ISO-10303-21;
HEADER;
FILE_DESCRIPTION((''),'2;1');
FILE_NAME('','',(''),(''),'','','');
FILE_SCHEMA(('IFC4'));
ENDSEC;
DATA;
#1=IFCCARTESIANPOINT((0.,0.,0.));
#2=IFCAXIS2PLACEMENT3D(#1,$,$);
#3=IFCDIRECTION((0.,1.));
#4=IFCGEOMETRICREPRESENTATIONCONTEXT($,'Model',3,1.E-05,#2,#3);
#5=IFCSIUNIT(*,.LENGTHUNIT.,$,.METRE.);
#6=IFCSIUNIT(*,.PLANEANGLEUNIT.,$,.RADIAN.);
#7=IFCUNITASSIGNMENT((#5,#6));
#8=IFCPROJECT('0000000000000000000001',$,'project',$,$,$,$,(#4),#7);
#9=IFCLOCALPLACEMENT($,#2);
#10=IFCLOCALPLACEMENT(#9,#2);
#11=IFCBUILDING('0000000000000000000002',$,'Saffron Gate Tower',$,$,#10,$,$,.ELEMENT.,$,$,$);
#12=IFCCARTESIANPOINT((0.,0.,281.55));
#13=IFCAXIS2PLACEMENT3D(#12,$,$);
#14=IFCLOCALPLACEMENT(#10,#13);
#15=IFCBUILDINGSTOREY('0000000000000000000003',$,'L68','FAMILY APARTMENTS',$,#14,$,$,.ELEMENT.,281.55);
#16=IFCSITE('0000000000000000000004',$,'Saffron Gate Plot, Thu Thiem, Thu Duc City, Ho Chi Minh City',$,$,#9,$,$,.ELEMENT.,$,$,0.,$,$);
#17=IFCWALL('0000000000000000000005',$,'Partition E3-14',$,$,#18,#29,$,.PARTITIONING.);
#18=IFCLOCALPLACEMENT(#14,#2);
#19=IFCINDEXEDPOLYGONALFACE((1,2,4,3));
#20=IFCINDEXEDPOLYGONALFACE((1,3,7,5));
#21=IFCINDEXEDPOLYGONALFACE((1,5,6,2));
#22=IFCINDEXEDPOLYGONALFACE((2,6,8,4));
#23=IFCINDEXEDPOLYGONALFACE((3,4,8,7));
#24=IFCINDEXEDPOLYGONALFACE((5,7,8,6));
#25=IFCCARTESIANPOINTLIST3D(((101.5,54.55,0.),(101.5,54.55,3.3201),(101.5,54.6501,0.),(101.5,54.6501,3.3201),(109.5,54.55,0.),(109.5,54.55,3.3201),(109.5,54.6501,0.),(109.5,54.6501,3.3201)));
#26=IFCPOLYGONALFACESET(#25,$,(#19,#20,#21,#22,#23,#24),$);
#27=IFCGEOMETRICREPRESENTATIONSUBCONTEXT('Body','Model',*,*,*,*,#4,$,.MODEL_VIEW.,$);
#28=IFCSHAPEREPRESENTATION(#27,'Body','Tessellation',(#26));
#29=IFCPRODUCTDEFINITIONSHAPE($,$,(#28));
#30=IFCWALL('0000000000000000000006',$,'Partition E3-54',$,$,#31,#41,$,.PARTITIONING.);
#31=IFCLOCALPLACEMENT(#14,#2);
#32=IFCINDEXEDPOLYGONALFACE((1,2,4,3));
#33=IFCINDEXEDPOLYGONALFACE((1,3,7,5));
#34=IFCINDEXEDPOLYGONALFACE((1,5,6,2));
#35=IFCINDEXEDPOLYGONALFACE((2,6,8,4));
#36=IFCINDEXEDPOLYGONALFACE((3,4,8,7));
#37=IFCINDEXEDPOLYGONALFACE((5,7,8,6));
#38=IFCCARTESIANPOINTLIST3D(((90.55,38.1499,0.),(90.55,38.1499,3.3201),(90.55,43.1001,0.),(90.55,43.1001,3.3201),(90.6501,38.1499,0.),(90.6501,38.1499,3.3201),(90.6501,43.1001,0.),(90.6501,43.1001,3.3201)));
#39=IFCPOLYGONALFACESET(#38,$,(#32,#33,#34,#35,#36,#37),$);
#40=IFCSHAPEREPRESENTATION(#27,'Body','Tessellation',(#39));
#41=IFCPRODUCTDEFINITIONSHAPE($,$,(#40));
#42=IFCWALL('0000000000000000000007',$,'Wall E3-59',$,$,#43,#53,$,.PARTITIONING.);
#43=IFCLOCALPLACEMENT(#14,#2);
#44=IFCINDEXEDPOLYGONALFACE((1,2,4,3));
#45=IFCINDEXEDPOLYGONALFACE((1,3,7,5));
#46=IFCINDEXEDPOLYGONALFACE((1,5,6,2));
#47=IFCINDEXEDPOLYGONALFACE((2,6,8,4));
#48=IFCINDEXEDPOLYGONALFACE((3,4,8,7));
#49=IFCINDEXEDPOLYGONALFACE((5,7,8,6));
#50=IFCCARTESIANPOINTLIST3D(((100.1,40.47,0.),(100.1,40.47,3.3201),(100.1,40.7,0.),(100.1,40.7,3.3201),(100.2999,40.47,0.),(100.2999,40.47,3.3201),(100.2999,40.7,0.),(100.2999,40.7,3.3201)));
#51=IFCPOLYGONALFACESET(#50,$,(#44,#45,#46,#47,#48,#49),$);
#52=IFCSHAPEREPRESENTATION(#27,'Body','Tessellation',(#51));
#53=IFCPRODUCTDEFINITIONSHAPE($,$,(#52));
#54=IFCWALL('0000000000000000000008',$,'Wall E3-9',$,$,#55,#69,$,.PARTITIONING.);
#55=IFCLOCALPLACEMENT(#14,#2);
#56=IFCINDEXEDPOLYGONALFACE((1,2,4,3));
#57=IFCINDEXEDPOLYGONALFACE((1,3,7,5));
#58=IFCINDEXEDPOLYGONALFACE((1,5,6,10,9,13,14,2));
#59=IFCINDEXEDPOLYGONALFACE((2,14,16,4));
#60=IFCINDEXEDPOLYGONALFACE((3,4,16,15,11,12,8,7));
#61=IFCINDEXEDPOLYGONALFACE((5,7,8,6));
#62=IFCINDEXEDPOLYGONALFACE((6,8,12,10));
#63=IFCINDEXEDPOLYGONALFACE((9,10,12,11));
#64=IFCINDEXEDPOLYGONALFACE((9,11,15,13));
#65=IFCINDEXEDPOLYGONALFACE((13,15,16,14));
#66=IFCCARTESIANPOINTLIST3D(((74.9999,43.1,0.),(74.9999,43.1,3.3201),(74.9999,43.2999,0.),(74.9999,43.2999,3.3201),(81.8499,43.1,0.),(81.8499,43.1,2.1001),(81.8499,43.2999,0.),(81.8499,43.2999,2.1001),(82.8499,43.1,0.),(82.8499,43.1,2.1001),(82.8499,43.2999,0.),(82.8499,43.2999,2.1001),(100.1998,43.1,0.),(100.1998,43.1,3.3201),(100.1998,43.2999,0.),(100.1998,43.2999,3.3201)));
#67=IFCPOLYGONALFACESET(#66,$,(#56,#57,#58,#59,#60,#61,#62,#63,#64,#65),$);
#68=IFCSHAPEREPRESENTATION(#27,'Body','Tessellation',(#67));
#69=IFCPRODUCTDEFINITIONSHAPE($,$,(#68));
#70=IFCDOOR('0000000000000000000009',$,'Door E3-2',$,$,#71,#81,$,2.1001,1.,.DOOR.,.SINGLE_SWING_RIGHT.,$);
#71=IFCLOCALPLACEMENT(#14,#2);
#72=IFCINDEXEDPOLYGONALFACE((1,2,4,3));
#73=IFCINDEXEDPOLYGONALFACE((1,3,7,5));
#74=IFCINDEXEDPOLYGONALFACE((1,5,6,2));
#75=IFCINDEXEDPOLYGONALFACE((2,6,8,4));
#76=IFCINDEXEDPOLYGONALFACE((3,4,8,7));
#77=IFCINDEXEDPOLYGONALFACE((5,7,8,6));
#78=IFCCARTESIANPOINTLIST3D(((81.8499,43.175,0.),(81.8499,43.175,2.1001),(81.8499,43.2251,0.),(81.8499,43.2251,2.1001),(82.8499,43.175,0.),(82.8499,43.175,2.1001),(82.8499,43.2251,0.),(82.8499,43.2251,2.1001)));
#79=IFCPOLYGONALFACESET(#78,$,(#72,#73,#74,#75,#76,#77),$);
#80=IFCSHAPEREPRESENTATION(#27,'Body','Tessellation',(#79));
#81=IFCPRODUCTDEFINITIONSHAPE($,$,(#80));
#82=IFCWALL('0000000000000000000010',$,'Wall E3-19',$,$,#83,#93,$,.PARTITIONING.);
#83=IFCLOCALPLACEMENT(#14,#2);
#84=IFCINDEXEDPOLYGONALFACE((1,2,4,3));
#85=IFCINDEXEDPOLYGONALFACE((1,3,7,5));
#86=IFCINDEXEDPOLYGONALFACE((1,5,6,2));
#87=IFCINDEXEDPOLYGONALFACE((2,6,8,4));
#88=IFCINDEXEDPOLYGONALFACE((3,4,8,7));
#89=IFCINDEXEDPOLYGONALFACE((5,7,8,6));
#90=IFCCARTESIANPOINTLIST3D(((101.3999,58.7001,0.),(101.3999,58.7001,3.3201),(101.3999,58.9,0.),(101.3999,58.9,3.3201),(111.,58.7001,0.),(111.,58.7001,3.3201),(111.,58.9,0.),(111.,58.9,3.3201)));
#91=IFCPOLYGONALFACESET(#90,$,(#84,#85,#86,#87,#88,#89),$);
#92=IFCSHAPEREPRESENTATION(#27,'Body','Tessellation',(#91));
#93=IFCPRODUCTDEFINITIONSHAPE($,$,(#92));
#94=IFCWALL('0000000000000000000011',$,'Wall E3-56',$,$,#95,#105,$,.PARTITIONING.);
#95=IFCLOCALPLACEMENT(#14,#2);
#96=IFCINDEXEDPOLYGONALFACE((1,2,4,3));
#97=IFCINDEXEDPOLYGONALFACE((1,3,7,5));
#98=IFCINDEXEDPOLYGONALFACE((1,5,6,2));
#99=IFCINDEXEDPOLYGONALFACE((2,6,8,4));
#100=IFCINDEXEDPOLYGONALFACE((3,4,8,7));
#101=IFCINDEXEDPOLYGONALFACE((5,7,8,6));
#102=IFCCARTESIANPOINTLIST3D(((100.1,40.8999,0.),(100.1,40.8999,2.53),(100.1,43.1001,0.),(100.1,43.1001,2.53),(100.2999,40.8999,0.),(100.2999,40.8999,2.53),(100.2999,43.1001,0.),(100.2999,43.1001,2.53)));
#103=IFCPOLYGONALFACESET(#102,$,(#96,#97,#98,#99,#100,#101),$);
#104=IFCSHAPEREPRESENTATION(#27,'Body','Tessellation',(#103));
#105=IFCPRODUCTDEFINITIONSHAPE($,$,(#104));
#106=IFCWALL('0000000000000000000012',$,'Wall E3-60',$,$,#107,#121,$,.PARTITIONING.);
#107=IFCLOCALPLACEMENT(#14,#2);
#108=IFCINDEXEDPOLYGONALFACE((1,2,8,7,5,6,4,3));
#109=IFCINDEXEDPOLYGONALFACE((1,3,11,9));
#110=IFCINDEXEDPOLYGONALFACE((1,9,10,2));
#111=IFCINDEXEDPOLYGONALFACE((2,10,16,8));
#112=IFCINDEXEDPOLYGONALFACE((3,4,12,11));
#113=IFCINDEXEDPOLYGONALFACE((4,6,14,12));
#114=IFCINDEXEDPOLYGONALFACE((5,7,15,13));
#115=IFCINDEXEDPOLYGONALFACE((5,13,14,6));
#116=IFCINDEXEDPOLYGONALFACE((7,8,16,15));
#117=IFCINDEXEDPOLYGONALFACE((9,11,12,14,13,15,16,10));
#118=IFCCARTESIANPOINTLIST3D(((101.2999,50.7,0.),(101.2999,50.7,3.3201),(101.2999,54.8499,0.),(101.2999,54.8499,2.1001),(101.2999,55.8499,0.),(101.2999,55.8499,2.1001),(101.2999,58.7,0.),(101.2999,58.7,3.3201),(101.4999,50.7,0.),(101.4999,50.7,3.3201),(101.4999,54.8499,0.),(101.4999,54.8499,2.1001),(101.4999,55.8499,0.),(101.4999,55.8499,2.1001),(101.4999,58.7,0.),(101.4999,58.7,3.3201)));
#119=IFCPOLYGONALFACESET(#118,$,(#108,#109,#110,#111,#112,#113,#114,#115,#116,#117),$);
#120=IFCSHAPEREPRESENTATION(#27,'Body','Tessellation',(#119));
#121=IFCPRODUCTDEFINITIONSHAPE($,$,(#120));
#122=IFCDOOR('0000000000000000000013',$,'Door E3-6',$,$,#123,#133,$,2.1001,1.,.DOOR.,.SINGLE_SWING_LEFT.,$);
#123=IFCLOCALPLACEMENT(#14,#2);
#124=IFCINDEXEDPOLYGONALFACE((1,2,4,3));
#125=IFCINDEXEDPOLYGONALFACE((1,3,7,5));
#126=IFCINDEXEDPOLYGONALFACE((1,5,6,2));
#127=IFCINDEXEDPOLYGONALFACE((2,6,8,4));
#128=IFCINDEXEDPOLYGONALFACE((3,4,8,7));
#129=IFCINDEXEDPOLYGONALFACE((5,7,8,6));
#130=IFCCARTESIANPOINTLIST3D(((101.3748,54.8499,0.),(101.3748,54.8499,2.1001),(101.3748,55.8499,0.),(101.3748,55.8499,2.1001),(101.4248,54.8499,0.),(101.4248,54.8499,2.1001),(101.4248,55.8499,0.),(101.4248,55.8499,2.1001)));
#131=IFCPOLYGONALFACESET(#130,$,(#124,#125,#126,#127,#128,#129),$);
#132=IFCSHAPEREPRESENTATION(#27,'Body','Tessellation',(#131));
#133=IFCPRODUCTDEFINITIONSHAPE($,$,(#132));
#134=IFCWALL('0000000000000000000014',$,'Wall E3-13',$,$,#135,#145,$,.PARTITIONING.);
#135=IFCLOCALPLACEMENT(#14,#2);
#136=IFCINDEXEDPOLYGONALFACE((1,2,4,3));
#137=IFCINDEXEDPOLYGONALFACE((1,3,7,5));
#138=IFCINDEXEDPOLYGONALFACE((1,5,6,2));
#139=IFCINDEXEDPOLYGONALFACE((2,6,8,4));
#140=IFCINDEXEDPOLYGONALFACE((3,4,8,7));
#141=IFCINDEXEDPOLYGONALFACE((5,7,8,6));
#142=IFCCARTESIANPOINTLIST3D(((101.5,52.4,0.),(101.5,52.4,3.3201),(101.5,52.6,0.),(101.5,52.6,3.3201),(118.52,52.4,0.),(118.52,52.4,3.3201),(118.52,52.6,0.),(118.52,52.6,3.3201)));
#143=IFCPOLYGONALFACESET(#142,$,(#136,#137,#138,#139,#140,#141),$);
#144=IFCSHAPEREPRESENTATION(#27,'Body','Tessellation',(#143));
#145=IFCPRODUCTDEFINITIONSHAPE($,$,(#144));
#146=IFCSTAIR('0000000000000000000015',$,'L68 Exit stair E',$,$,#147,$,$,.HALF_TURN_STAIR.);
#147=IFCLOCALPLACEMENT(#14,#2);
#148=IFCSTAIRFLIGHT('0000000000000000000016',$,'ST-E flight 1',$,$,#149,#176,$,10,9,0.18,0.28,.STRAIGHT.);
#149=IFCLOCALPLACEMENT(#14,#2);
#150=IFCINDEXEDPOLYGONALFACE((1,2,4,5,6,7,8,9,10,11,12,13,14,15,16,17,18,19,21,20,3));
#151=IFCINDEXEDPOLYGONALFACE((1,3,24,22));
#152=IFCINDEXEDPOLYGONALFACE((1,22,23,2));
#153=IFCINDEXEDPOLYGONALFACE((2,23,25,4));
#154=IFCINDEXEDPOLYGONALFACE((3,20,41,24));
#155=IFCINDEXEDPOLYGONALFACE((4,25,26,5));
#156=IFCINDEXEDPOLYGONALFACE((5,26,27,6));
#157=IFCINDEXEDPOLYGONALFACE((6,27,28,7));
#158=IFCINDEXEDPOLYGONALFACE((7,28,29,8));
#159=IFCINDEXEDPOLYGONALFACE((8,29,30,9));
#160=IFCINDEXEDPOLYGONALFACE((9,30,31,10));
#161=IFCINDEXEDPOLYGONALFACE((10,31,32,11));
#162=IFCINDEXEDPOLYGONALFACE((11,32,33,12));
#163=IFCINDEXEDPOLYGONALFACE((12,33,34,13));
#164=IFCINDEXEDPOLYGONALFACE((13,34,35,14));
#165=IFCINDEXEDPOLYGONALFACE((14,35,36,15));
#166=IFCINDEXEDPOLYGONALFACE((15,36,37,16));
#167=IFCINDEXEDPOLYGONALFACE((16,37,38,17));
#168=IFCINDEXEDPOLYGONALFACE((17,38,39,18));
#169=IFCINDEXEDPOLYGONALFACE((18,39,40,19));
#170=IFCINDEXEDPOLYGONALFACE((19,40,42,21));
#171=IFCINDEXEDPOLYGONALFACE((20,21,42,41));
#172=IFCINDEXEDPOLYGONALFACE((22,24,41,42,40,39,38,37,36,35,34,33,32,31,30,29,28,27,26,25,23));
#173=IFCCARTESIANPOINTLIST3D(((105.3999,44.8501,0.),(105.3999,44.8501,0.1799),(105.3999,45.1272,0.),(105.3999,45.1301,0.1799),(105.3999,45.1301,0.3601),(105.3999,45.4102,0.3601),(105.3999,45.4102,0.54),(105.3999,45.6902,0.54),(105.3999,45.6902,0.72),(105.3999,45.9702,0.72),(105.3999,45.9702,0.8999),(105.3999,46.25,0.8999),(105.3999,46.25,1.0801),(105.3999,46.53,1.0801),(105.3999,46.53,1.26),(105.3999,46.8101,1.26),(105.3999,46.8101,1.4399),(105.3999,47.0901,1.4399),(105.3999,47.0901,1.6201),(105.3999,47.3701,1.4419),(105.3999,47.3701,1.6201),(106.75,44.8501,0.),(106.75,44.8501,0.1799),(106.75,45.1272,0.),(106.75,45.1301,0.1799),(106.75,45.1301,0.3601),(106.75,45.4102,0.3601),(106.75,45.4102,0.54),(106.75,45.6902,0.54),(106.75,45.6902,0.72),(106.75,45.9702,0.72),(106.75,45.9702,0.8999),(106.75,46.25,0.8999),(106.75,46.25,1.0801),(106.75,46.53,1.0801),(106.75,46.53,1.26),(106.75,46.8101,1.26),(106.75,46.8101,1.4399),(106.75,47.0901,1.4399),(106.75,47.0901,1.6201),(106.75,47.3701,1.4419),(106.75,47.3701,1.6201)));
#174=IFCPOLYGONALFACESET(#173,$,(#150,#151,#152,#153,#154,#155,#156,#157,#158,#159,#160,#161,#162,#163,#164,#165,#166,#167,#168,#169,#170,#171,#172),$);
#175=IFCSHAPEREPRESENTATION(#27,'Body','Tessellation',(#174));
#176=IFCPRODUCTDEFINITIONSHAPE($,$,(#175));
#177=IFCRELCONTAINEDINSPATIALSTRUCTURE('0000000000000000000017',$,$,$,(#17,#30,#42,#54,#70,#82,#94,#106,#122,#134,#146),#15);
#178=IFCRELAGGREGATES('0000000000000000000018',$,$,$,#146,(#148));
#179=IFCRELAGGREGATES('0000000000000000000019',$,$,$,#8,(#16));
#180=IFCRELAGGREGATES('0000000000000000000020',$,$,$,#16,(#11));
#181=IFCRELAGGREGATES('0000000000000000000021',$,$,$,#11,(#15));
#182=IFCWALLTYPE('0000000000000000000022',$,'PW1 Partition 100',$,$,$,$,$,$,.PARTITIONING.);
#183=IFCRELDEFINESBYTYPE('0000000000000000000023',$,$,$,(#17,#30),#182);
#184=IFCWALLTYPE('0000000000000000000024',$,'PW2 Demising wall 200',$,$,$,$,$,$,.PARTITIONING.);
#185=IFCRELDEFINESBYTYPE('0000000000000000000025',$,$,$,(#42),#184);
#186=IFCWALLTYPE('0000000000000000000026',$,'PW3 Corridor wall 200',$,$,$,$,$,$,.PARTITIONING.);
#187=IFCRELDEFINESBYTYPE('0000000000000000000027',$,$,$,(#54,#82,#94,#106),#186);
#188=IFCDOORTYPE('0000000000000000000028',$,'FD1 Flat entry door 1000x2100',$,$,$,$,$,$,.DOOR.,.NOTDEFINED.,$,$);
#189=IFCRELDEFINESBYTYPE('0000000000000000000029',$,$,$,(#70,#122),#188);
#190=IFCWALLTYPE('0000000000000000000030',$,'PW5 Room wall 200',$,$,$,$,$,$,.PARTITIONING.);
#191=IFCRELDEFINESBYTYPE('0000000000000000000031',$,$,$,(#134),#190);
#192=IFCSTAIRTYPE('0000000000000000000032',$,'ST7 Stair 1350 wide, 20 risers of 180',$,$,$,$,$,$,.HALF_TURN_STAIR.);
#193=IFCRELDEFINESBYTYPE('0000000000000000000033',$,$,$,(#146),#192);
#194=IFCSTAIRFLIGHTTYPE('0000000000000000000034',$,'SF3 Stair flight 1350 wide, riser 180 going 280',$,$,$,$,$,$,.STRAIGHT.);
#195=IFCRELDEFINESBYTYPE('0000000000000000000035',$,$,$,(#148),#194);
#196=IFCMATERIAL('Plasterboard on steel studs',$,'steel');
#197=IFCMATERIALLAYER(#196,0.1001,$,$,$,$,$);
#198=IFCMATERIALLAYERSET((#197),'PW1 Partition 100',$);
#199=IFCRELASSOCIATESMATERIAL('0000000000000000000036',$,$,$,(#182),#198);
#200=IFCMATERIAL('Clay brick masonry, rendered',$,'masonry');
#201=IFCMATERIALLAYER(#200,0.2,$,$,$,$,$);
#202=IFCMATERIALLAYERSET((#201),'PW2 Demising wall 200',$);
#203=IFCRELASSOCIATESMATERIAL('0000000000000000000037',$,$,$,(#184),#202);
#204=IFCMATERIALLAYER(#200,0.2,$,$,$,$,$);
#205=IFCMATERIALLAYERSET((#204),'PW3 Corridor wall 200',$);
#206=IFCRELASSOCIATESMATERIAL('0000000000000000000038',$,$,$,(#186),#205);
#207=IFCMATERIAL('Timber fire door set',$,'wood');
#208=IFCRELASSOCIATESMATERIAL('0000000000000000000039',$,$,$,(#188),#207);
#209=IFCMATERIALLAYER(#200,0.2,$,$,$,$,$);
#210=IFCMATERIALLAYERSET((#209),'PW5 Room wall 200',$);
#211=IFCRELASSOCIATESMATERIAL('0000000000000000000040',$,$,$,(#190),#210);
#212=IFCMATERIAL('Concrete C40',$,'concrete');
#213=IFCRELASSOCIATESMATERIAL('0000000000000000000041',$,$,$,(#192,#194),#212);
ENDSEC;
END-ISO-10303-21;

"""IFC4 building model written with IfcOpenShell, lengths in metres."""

from ifc_helpers import new_model, si_unit, direction, frame, frame_2d, origin, place, context, subcontext, project, spatial, polyline, rectangle, outline, extrude, material, layer, layer_set, type_object, element, fill, aggregate, save


model = new_model("IFC4")

# Units and contexts
model_context = context("Model", 3, precision=1e-05, world=origin(), true_north=direction((0.0, 1.0)))
body_context = subcontext(model_context, "Body", "Model", "MODEL_VIEW")
ifc_project = project(units=[si_unit("LENGTHUNIT", "METRE"), si_unit("PLANEANGLEUNIT", "RADIAN")], contexts=[model_context])

# Site, building, storey
site_placement = place(None, origin())
site = spatial("IfcSite", under=ifc_project, at=site_placement, Name="Saffron Gate Plot, Thu Thiem, Thu Duc City, Ho Chi Minh City", CompositionType="ELEMENT", RefElevation=0.0)
building_placement = place(site_placement, origin())
building = spatial("IfcBuilding", under=site, at=building_placement, Name="Saffron Gate Tower", CompositionType="ELEMENT")
storey_placement = place(building_placement, frame((0.0, 0.0, 281.55)))
storey = spatial("IfcBuildingStorey", under=building, at=storey_placement, Name="L68", Description="FAMILY APARTMENTS", CompositionType="ELEMENT", Elevation=281.55)

# Walls
ifc_material_1 = material(Name="Plasterboard on steel studs", Category="steel")
ifc_layer_1 = layer(ifc_material_1, 0.1001)
ifc_layer_set_1 = layer_set([ifc_layer_1], Name="PW1 Partition 100")
wall_type_1 = type_object("IfcWallType", Name="PW1 Partition 100", PredefinedType="PARTITIONING", material=ifc_layer_set_1)
wall_1_placement = place(storey_placement, frame((101.5, 54.6001, 0.0), z_axis=(0.0, 0.0, 1.0), x_axis=(1.0, 0.0, 0.0)))
element("IfcWall", 1, at=wall_1_placement, inside=storey, type_object=wall_type_1, Name="Partition E3-14", PredefinedType="PARTITIONING", context=body_context, shape_type="SweptSolid", body=[
    extrude(rectangle(XDim=8.0, YDim=0.1001, at=frame_2d((4.0, 0.0))), origin(), (0.0, 0.0, 1.0), 3.3201),
])
wall_2_placement = place(storey_placement, frame((90.6001, 43.1001, 0.0), z_axis=(0.0, 0.0, 1.0), x_axis=(0.0, -1.0, 0.0)))
element("IfcWall", 2, at=wall_2_placement, inside=storey, type_object=wall_type_1, Name="Partition E3-54", PredefinedType="PARTITIONING", context=body_context, shape_type="SweptSolid", body=[
    extrude(rectangle(XDim=4.9502, YDim=0.1001, at=frame_2d((2.4751, 0.0))), origin(), (0.0, 0.0, 1.0), 3.3201),
])
ifc_material_2 = material(Name="Clay brick masonry, rendered", Category="masonry")
ifc_layer_2 = layer(ifc_material_2, 0.2)
ifc_layer_set_2 = layer_set([ifc_layer_2], Name="PW2 Demising wall 200")
wall_type_2 = type_object("IfcWallType", Name="PW2 Demising wall 200", PredefinedType="PARTITIONING", material=ifc_layer_set_2)
wall_3_placement = place(storey_placement, frame((100.2, 40.7, 0.0), z_axis=(0.0, 0.0, 1.0), x_axis=(0.0, -1.0, 0.0)))
element("IfcWall", 3, at=wall_3_placement, inside=storey, type_object=wall_type_2, Name="Wall E3-59", PredefinedType="PARTITIONING", context=body_context, shape_type="SweptSolid", body=[
    extrude(rectangle(XDim=0.23, YDim=0.2, at=frame_2d((0.115, 0.0))), origin(), (0.0, 0.0, 1.0), 3.3201),
])

# Wall, opening, door
ifc_layer_3 = layer(ifc_material_2, 0.2)
ifc_layer_set_3 = layer_set([ifc_layer_3], Name="PW3 Corridor wall 200")
wall_type_3 = type_object("IfcWallType", Name="PW3 Corridor wall 200", PredefinedType="PARTITIONING", material=ifc_layer_set_3)
wall_4_placement = place(storey_placement, frame((100.2, 43.2, 0.0), z_axis=(0.0, 0.0, 1.0), x_axis=(-1.0, 0.0, 0.0)))
wall_4 = element("IfcWall", 4, at=wall_4_placement, inside=storey, type_object=wall_type_3, Name="Wall E3-9", PredefinedType="PARTITIONING", context=body_context, shape_type="SweptSolid", body=[
    extrude(rectangle(XDim=25.2, YDim=0.2, at=frame_2d((12.6001, 0.0))), origin(), (0.0, 0.0, 1.0), 3.3201),
])
opening_1_placement = place(wall_4_placement, frame((17.3501, 0.0, 0.0)))
opening_1 = element("IfcOpeningElement", 5, at=opening_1_placement, cuts=wall_4, PredefinedType="OPENING", context=body_context, shape_type="SweptSolid", body=[
    extrude(rectangle(XDim=1.0, YDim=2.1001, at=frame_2d((0.5, 1.05))), frame((0.0, 0.1099, 0.0), z_axis=(0.0, -1.0, 0.0), x_axis=(1.0, 0.0, 0.0)), (0.0, 0.0, 1.0), 0.22),
])
ifc_material_3 = material(Name="Timber fire door set", Category="wood")
door_type_1 = type_object("IfcDoorType", Name="FD1 Flat entry door 1000x2100", OperationType="NOTDEFINED", PredefinedType="DOOR", material=ifc_material_3)
door_1_placement = place(opening_1_placement, origin())
door_1 = element("IfcDoor", 6, at=door_1_placement, inside=storey, type_object=door_type_1, Name="Door E3-2", OperationType="SINGLE_SWING_RIGHT", OverallHeight=2.1001, OverallWidth=1.0, PredefinedType="DOOR", context=body_context, shape_type="SweptSolid", body=[
    extrude(rectangle(XDim=1.0, YDim=2.1001, at=frame_2d((0.5, 1.05))), frame((0.0, 0.0249, 0.0), z_axis=(0.0, -1.0, 0.0), x_axis=(1.0, 0.0, 0.0)), (0.0, 0.0, 1.0), 0.05),
])
fill(opening_1, door_1)

# Walls
wall_5_placement = place(storey_placement, frame((101.3999, 58.8, 0.0), z_axis=(0.0, 0.0, 1.0), x_axis=(1.0, 0.0, 0.0)))
element("IfcWall", 7, at=wall_5_placement, inside=storey, type_object=wall_type_3, Name="Wall E3-19", PredefinedType="PARTITIONING", context=body_context, shape_type="SweptSolid", body=[
    extrude(rectangle(XDim=9.6001, YDim=0.2, at=frame_2d((4.8, 0.0))), origin(), (0.0, 0.0, 1.0), 3.3201),
])
wall_6_placement = place(storey_placement, frame((100.2, 43.1001, 0.0), z_axis=(0.0, 0.0, 1.0), x_axis=(0.0, -1.0, 0.0)))
element("IfcWall", 8, at=wall_6_placement, inside=storey, type_object=wall_type_3, Name="Wall E3-56", PredefinedType="PARTITIONING", context=body_context, shape_type="SweptSolid", body=[
    extrude(rectangle(XDim=2.2002, YDim=0.2, at=frame_2d((1.1001, 0.0))), origin(), (0.0, 0.0, 1.0), 2.53),
])

# Wall, opening, door
wall_7_placement = place(storey_placement, frame((101.3999, 58.7, 0.0), z_axis=(0.0, 0.0, 1.0), x_axis=(0.0, -1.0, 0.0)))
wall_7 = element("IfcWall", 9, at=wall_7_placement, inside=storey, type_object=wall_type_3, Name="Wall E3-60", PredefinedType="PARTITIONING", context=body_context, shape_type="SweptSolid", body=[
    extrude(rectangle(XDim=8.0, YDim=0.2, at=frame_2d((4.0, 0.0))), origin(), (0.0, 0.0, 1.0), 3.3201),
])
opening_2_placement = place(wall_7_placement, frame((2.8501, 0.0, 0.0)))
opening_2 = element("IfcOpeningElement", 10, at=opening_2_placement, cuts=wall_7, PredefinedType="OPENING", context=body_context, shape_type="SweptSolid", body=[
    extrude(rectangle(XDim=1.0, YDim=2.1001, at=frame_2d((0.5, 1.05))), frame((0.0, 0.1099, 0.0), z_axis=(0.0, -1.0, 0.0), x_axis=(1.0, 0.0, 0.0)), (0.0, 0.0, 1.0), 0.22),
])
door_2_placement = place(opening_2_placement, origin())
door_2 = element("IfcDoor", 11, at=door_2_placement, inside=storey, type_object=door_type_1, Name="Door E3-6", OperationType="SINGLE_SWING_LEFT", OverallHeight=2.1001, OverallWidth=1.0, PredefinedType="DOOR", context=body_context, shape_type="SweptSolid", body=[
    extrude(rectangle(XDim=1.0, YDim=2.1001, at=frame_2d((0.5, 1.05))), frame((0.0, 0.0249, 0.0), z_axis=(0.0, -1.0, 0.0), x_axis=(1.0, 0.0, 0.0)), (0.0, 0.0, 1.0), 0.05),
])
fill(opening_2, door_2)

# Wall
ifc_layer_4 = layer(ifc_material_2, 0.2)
ifc_layer_set_4 = layer_set([ifc_layer_4], Name="PW5 Room wall 200")
wall_type_4 = type_object("IfcWallType", Name="PW5 Room wall 200", PredefinedType="PARTITIONING", material=ifc_layer_set_4)
wall_8_placement = place(storey_placement, frame((101.5, 52.5, 0.0), z_axis=(0.0, 0.0, 1.0), x_axis=(1.0, 0.0, 0.0)))
element("IfcWall", 12, at=wall_8_placement, inside=storey, type_object=wall_type_4, Name="Wall E3-13", PredefinedType="PARTITIONING", context=body_context, shape_type="SweptSolid", body=[
    extrude(rectangle(XDim=17.02, YDim=0.2, at=frame_2d((8.51, 0.0))), origin(), (0.0, 0.0, 1.0), 3.3201),
])

# Stair, stair flight
ifc_material_4 = material(Name="Concrete C40", Category="concrete")
stair_type = type_object("IfcStairType", Name="ST7 Stair 1350 wide, 20 risers of 180", PredefinedType="HALF_TURN_STAIR", material=ifc_material_4)
stair_placement = place(storey_placement, origin())
stair = element("IfcStair", 13, at=stair_placement, inside=storey, type_object=stair_type, Name="L68 Exit stair E", PredefinedType="HALF_TURN_STAIR")
stair_flight_type = type_object("IfcStairFlightType", Name="SF3 Stair flight 1350 wide, riser 180 going 280", PredefinedType="STRAIGHT", material=ifc_material_4)
stair_flight_1_placement = place(storey_placement, frame((106.075, 44.8501, 0.0), z_axis=(0.0, 0.0, 1.0), x_axis=(0.0, 1.0, 0.0)))
stair_flight_1 = element("IfcStairFlight", 14, at=stair_flight_1_placement, type_object=stair_flight_type, Name="ST-E flight 1", NumberOfRisers=10, NumberOfTreads=9, PredefinedType="STRAIGHT", RiserHeight=0.18, TreadLength=0.28, context=body_context, shape_type="SweptSolid", body=[
    extrude(outline(polyline([(0.0, 0.0), (0.0, 0.1799), (0.28, 0.1799), (0.28, 0.3601), (0.5601, 0.3601), (0.5601, 0.54), (0.8401, 0.54), (0.8401, 0.72), (1.1201, 0.72), (1.1201, 0.8999), (1.3999, 0.8999), (1.3999, 1.0801), (1.6799, 1.0801), (1.6799, 1.26), (1.96, 1.26), (1.96, 1.4399), (2.24, 1.4399), (2.24, 1.6201), (2.52, 1.6201), (2.52, 1.8), (2.52, 1.4419), (0.2771, 0.0), (0.0, 0.0)])), frame((0.0, 0.675, 0.0), z_axis=(0.0, -1.0, 0.0), x_axis=(1.0, 0.0, 0.0)), (0.0, 0.0, 1.0), 1.3501),
])
aggregate(stair, [stair_flight_1])

save(model, "model.ifc")
